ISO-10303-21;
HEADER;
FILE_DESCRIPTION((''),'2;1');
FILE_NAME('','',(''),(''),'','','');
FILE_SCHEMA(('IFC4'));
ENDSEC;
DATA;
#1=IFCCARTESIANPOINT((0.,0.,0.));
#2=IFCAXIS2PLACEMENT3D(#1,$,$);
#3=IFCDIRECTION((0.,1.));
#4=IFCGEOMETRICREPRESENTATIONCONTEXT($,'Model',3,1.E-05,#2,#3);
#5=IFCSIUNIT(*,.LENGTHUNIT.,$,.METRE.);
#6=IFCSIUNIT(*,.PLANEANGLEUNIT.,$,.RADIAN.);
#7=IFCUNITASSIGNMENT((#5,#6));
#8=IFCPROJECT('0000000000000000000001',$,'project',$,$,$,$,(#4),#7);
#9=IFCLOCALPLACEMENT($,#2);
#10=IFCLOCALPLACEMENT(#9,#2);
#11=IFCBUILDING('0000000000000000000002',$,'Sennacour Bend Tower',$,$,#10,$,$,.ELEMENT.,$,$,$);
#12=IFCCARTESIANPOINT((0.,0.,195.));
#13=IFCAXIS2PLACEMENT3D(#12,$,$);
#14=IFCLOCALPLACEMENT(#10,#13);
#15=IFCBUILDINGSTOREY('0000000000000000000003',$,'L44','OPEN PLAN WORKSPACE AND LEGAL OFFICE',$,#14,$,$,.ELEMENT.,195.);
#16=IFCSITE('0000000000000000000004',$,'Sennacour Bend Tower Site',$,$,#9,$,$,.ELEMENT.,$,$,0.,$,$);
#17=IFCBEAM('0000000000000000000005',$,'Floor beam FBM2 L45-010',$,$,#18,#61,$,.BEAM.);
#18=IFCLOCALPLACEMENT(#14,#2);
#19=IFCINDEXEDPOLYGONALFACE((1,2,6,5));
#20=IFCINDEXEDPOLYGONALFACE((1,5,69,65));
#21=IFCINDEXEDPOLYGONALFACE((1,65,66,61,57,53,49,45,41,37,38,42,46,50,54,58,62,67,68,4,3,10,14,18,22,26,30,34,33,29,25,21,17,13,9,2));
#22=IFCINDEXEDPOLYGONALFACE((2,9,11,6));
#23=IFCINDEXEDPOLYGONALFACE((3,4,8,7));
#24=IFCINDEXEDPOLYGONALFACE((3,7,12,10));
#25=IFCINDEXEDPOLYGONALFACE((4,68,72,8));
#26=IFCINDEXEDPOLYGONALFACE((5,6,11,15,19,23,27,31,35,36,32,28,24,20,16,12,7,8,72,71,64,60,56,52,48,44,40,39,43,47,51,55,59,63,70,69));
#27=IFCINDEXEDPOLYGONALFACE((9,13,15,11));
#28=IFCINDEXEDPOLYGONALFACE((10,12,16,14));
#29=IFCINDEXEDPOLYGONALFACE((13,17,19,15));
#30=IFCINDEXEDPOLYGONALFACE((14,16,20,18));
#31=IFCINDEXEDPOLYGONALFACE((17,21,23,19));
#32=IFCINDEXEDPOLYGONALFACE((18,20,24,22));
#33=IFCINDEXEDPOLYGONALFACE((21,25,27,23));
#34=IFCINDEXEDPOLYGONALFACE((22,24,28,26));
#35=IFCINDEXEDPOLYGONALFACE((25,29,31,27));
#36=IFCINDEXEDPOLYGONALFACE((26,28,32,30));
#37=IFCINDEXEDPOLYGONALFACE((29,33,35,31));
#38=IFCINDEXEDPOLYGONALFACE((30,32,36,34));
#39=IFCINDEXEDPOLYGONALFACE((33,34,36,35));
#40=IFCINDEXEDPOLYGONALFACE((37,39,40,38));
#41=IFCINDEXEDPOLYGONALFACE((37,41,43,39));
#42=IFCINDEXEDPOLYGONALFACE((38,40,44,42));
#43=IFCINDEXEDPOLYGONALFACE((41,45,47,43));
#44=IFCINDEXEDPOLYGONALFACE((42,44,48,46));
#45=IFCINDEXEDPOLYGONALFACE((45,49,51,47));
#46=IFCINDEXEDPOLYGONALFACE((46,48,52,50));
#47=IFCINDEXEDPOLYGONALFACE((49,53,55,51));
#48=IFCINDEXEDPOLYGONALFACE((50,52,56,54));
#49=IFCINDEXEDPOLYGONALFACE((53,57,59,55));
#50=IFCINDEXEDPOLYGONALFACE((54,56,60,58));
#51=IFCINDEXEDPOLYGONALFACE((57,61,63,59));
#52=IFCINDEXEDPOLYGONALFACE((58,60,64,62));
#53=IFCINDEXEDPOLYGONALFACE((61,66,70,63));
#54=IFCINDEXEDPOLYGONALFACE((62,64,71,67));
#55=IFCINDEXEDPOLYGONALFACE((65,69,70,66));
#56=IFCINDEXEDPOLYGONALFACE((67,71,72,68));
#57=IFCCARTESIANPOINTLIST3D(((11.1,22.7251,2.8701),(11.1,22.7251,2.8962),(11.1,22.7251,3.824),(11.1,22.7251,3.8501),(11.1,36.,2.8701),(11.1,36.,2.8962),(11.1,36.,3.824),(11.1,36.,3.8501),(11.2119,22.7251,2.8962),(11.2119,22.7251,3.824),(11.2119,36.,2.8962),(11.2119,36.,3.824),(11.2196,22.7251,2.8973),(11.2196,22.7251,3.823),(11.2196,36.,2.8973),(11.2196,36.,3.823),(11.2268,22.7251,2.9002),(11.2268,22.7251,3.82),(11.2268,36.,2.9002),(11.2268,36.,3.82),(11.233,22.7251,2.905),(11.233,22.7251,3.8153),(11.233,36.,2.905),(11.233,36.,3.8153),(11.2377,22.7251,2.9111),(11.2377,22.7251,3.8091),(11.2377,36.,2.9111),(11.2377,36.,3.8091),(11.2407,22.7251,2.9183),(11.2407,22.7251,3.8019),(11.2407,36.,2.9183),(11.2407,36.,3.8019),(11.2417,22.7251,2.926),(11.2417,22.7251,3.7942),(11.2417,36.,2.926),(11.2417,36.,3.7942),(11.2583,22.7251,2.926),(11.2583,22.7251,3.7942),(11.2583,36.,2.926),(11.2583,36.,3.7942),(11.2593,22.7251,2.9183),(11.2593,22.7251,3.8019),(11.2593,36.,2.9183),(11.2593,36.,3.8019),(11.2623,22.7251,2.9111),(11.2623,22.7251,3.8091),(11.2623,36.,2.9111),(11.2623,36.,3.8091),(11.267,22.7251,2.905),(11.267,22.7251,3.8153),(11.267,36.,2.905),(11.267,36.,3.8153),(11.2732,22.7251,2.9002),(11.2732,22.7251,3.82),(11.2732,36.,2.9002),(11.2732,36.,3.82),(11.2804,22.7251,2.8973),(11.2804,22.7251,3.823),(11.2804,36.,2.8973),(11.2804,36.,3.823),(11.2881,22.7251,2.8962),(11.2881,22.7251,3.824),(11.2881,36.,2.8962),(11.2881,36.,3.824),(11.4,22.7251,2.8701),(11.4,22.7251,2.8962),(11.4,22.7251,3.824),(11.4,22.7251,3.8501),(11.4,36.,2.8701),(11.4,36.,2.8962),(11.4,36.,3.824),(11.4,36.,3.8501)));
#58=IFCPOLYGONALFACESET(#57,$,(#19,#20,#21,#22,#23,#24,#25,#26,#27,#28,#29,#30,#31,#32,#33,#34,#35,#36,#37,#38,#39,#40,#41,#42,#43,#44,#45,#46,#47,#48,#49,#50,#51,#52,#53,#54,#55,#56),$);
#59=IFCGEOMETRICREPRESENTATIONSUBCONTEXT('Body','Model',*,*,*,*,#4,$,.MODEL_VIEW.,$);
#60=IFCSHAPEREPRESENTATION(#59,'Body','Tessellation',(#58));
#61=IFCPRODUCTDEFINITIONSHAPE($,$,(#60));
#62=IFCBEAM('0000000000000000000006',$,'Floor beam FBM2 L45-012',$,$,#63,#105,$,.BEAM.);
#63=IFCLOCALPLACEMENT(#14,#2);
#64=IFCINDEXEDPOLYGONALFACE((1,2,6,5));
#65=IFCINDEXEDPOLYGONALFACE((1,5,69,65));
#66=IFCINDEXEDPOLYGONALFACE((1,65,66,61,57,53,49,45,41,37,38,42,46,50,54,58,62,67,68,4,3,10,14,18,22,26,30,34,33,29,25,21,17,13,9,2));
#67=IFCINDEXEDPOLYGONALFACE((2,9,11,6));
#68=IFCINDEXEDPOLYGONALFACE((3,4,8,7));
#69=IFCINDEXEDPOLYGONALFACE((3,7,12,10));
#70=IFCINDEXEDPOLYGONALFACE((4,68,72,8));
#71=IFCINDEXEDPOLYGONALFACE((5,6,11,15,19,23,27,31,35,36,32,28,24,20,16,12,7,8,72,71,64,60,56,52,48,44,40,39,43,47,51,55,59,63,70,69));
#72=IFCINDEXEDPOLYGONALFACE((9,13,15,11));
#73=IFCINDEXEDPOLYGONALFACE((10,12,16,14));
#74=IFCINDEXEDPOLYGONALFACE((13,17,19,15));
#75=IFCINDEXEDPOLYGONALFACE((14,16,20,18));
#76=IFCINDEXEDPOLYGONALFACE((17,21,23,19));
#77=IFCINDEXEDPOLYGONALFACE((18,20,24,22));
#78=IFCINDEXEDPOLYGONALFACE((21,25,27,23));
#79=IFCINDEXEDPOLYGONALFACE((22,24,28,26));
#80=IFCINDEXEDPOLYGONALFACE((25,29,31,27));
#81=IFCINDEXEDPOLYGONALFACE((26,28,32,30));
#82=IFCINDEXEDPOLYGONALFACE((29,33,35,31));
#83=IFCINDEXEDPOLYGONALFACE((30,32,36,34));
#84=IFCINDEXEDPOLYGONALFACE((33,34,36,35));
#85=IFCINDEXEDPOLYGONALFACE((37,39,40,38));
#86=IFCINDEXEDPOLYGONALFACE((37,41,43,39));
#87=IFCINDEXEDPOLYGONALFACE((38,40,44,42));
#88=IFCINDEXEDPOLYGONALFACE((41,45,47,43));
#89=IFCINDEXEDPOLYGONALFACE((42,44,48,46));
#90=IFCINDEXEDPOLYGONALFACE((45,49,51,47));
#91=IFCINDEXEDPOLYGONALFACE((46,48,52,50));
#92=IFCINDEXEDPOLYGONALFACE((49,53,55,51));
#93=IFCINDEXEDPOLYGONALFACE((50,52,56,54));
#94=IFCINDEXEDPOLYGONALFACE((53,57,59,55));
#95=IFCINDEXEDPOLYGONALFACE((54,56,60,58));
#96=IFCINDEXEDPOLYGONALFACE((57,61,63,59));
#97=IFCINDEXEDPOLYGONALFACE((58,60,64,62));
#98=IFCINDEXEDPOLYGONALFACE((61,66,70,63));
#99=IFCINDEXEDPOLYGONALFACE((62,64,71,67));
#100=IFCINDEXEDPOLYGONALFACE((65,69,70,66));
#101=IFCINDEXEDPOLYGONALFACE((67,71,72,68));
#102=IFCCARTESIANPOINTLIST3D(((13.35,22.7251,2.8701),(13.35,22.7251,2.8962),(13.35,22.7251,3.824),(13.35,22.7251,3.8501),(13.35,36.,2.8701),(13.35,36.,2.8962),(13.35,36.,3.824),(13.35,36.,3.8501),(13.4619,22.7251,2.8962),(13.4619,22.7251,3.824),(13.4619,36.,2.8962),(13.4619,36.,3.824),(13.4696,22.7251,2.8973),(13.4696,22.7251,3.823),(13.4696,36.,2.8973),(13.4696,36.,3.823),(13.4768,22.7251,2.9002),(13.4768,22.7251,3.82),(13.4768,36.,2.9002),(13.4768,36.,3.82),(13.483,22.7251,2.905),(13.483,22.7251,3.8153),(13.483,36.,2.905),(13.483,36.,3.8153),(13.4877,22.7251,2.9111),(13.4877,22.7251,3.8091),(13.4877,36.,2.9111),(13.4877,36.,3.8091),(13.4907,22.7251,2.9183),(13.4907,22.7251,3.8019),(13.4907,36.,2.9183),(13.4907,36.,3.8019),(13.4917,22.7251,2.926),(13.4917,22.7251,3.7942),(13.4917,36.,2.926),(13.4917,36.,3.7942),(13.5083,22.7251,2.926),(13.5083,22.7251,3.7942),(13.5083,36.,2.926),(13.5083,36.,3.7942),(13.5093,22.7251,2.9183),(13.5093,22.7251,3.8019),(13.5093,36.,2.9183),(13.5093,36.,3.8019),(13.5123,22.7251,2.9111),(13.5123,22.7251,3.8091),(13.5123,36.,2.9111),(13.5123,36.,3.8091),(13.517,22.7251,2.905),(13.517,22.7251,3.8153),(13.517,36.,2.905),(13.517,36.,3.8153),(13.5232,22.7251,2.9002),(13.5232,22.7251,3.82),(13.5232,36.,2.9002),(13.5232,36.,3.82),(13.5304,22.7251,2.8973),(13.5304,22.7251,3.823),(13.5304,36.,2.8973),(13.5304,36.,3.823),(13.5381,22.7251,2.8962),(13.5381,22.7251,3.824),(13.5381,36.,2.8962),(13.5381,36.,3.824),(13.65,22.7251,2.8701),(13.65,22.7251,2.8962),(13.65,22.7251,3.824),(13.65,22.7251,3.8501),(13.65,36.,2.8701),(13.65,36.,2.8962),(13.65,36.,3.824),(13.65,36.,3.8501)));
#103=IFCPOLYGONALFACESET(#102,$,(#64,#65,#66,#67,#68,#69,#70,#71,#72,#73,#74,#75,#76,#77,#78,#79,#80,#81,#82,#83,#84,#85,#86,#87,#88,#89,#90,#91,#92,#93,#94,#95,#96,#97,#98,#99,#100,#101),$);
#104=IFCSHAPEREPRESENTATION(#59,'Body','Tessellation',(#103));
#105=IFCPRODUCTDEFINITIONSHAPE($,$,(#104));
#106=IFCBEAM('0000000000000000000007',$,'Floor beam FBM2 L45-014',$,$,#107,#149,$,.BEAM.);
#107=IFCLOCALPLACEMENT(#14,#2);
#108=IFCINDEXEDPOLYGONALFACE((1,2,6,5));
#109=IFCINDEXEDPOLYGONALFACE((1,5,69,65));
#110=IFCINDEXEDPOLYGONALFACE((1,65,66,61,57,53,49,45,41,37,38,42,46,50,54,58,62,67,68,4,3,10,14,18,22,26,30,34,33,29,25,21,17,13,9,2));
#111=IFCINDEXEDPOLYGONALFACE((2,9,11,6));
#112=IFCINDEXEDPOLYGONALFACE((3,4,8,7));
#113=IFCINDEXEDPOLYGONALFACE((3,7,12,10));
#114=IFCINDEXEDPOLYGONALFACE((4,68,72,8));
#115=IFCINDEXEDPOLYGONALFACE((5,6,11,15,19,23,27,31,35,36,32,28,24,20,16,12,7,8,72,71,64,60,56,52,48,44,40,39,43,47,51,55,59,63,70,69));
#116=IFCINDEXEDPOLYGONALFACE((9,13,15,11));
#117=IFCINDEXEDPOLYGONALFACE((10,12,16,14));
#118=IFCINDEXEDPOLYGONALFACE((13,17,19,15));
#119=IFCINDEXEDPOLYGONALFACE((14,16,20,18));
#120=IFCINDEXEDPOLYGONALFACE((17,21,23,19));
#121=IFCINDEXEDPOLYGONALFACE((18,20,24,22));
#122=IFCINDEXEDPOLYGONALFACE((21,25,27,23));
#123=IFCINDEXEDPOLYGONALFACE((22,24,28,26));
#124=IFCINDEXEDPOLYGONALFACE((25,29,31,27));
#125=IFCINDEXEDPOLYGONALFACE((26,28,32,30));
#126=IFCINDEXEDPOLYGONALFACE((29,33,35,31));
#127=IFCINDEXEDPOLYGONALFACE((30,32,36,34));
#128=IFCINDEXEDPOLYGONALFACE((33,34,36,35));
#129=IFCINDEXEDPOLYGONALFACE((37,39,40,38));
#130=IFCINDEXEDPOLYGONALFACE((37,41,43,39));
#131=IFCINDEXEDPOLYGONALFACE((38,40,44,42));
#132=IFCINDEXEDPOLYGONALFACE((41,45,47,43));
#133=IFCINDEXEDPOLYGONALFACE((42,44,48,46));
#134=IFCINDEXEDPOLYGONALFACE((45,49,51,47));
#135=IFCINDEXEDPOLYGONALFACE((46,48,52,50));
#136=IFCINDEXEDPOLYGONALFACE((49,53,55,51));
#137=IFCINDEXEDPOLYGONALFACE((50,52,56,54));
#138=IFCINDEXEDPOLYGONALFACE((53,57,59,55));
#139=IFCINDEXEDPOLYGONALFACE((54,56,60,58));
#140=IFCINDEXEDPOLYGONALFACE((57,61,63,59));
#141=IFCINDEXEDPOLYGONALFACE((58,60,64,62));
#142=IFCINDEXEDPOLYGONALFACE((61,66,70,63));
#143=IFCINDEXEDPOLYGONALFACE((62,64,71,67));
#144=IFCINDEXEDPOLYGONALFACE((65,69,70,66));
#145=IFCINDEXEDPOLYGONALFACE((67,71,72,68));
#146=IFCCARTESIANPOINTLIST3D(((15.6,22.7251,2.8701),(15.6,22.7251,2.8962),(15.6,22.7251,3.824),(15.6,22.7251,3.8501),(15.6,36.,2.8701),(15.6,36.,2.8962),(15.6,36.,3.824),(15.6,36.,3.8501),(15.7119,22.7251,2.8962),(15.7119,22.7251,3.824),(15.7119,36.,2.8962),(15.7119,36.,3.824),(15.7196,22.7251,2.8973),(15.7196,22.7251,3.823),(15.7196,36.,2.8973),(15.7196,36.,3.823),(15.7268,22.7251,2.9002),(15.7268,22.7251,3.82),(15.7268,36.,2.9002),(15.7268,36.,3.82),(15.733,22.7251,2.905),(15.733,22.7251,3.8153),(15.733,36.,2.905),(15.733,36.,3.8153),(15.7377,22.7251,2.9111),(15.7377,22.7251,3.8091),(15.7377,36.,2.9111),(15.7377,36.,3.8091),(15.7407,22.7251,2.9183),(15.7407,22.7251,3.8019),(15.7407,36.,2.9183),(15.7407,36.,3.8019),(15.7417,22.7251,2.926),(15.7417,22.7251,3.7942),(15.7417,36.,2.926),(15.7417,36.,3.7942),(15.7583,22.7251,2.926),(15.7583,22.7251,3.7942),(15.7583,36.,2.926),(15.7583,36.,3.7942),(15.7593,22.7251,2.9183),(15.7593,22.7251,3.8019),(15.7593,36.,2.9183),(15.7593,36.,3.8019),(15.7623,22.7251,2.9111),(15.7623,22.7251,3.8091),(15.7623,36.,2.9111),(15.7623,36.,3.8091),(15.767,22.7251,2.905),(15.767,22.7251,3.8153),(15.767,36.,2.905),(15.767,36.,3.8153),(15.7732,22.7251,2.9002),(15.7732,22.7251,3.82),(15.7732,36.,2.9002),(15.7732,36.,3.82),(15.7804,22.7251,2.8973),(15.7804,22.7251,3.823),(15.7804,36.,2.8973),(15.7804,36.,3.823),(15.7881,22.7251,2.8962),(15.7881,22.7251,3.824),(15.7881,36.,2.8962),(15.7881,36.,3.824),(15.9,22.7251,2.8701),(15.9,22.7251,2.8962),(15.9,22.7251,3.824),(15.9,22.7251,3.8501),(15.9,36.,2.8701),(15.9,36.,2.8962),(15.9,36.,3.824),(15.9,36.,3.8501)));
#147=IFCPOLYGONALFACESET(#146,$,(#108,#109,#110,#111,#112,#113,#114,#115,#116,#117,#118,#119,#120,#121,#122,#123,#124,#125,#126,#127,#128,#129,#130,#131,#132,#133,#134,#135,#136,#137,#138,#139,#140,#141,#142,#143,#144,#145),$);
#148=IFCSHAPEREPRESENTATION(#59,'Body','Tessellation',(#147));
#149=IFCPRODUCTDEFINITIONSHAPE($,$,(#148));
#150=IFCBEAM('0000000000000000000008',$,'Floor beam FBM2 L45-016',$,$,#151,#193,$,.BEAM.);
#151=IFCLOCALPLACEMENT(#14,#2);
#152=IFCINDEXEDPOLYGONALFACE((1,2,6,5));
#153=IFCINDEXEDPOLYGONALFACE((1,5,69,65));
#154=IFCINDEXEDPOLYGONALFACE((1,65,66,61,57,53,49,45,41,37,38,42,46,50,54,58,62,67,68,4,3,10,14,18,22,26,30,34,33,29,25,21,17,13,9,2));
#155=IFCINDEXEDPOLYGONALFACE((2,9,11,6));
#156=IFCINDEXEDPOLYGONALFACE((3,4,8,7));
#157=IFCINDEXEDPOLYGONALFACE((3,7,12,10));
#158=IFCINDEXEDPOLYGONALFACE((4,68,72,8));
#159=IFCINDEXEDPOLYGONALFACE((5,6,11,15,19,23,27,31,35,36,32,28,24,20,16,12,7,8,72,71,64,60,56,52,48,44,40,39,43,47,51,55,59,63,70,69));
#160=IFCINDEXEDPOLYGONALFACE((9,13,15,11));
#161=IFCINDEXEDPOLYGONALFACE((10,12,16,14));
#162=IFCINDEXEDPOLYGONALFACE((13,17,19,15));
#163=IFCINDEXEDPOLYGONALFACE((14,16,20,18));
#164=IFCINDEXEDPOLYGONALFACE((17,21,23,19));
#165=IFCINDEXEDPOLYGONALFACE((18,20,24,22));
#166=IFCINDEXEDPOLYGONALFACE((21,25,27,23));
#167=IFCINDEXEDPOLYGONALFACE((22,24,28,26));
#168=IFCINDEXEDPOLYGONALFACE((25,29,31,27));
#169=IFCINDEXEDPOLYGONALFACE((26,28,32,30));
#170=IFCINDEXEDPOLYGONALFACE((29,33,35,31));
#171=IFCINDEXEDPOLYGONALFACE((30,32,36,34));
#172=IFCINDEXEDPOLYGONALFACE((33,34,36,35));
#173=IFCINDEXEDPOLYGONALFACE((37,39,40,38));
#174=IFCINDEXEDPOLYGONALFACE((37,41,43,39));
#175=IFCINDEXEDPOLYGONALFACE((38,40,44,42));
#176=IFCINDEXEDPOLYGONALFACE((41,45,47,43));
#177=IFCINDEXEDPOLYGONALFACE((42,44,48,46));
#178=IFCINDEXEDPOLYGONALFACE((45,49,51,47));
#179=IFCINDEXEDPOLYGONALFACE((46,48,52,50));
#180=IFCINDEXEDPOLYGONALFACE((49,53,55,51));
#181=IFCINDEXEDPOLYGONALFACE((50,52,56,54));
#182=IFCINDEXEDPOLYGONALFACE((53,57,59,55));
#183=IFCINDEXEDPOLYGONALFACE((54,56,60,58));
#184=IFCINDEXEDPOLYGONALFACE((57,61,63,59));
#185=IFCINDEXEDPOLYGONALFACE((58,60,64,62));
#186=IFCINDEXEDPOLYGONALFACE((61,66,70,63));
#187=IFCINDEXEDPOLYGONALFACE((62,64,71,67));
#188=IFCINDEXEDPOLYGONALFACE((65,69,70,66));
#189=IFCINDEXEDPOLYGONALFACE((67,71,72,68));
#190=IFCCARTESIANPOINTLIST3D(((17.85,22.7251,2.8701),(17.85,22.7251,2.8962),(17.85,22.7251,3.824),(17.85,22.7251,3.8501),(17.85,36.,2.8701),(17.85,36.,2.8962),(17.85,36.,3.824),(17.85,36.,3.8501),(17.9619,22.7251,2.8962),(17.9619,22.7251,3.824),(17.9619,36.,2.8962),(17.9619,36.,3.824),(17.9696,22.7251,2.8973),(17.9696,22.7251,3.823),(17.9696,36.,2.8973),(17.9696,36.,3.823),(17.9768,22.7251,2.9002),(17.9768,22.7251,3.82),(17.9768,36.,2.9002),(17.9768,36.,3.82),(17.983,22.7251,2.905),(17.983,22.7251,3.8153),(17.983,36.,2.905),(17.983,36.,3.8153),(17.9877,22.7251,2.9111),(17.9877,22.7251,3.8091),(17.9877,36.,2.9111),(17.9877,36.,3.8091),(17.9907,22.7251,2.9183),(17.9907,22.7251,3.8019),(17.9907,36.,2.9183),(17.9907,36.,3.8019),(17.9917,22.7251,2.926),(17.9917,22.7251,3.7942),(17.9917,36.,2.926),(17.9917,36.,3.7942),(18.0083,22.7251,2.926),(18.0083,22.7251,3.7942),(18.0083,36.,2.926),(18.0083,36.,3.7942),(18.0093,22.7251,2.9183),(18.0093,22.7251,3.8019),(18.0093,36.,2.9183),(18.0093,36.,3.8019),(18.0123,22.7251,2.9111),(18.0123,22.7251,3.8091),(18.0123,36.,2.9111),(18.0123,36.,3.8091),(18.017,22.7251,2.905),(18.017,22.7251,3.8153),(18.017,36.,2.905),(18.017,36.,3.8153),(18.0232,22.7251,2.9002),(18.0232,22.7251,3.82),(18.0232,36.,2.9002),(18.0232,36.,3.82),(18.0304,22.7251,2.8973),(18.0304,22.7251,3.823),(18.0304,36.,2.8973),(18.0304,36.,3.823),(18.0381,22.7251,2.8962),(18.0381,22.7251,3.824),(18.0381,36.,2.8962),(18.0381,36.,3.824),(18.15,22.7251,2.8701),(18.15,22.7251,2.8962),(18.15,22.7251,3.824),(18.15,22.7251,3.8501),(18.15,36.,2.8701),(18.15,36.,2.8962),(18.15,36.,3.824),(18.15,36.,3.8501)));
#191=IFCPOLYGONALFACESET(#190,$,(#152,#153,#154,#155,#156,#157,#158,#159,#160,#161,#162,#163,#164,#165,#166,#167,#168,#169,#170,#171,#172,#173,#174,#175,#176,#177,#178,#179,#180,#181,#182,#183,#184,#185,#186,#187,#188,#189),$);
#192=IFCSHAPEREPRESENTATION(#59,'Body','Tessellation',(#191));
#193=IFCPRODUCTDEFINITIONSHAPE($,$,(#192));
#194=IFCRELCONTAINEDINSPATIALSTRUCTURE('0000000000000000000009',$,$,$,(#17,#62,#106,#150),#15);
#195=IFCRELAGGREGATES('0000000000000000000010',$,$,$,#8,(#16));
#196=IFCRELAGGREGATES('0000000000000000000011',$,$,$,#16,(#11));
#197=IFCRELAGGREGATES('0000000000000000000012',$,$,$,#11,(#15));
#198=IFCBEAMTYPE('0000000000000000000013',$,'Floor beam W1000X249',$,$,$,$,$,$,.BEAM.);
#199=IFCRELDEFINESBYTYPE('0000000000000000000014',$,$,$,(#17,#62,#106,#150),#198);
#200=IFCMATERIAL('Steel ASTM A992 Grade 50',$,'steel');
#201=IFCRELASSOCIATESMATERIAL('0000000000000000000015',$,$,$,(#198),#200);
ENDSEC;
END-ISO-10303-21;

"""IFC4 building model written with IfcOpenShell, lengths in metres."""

from ifc_helpers import new_model, si_unit, direction, frame, origin, origin_2d, place, context, subcontext, project, spatial, i_section, extrude, material, material_profile, profile_set, type_object, element, save


model = new_model("IFC4")

# Units and contexts
model_context = context("Model", 3, precision=1e-05, world=origin(), true_north=direction((0.0, 1.0)))
body_context = subcontext(model_context, "Body", "Model", "MODEL_VIEW")
ifc_project = project(units=[si_unit("LENGTHUNIT", "METRE"), si_unit("PLANEANGLEUNIT", "RADIAN")], contexts=[model_context])

# Site, building, storey
site_placement = place(None, origin())
site = spatial("IfcSite", under=ifc_project, at=site_placement, Name="Sennacour Bend Tower Site", CompositionType="ELEMENT", RefElevation=0.0)
building_placement = place(site_placement, origin())
building = spatial("IfcBuilding", under=site, at=building_placement, Name="Sennacour Bend Tower", CompositionType="ELEMENT")
storey_placement = place(building_placement, frame((0.0, 0.0, 195.0)))
storey = spatial("IfcBuildingStorey", under=building, at=storey_placement, Name="L44", Description="OPEN PLAN WORKSPACE AND LEGAL OFFICE", CompositionType="ELEMENT", Elevation=195.0)

# Beams
ifc_material_1 = material(Name="Steel ASTM A992 Grade 50", Category="steel")
ifc_material_profile_1 = material_profile(ifc_material_1, i_section(OverallWidth=0.3, OverallDepth=0.98, WebThickness=0.0166, FlangeThickness=0.0261, FilletRadius=0.0298, at=origin_2d()), Name="Steel ASTM A992 Grade 50", Category="steel")
ifc_profile_set_1 = profile_set([ifc_material_profile_1], Name="Steel ASTM A992 Grade 50")
beam_type_1 = type_object("IfcBeamType", Name="Floor beam W1000X249", PredefinedType="BEAM", material=ifc_profile_set_1)
for number, where, z_axis, x_axis, name in (
    (1, (11.25, 22.7251, 3.3601), (0.0, 1.0, 0.0), (-1.0, 0.0, 0.0), "Floor beam FBM2 L45-010"),
    (2, (13.5, 22.7251, 3.3601), (0.0, 1.0, 0.0), (-1.0, 0.0, 0.0), "Floor beam FBM2 L45-012"),
    (3, (15.75, 22.7251, 3.3601), (0.0, 1.0, 0.0), (-1.0, 0.0, 0.0), "Floor beam FBM2 L45-014"),
    (4, (18.0, 22.7251, 3.3601), (0.0, 1.0, 0.0), (-1.0, 0.0, 0.0), "Floor beam FBM2 L45-016"),
):
    element("IfcBeam", number, at=place(storey_placement, frame(where, z_axis=z_axis, x_axis=x_axis)), inside=storey, type_object=beam_type_1, Name=name, PredefinedType="BEAM", context=body_context, shape_type="SweptSolid", body=[
        extrude(i_section(OverallWidth=0.3, OverallDepth=0.98, WebThickness=0.0166, FlangeThickness=0.0261, FilletRadius=0.0298, at=origin_2d()), origin(), (0.0, 0.0, 1.0), 13.2749),
    ])

save(model, "model.ifc")
